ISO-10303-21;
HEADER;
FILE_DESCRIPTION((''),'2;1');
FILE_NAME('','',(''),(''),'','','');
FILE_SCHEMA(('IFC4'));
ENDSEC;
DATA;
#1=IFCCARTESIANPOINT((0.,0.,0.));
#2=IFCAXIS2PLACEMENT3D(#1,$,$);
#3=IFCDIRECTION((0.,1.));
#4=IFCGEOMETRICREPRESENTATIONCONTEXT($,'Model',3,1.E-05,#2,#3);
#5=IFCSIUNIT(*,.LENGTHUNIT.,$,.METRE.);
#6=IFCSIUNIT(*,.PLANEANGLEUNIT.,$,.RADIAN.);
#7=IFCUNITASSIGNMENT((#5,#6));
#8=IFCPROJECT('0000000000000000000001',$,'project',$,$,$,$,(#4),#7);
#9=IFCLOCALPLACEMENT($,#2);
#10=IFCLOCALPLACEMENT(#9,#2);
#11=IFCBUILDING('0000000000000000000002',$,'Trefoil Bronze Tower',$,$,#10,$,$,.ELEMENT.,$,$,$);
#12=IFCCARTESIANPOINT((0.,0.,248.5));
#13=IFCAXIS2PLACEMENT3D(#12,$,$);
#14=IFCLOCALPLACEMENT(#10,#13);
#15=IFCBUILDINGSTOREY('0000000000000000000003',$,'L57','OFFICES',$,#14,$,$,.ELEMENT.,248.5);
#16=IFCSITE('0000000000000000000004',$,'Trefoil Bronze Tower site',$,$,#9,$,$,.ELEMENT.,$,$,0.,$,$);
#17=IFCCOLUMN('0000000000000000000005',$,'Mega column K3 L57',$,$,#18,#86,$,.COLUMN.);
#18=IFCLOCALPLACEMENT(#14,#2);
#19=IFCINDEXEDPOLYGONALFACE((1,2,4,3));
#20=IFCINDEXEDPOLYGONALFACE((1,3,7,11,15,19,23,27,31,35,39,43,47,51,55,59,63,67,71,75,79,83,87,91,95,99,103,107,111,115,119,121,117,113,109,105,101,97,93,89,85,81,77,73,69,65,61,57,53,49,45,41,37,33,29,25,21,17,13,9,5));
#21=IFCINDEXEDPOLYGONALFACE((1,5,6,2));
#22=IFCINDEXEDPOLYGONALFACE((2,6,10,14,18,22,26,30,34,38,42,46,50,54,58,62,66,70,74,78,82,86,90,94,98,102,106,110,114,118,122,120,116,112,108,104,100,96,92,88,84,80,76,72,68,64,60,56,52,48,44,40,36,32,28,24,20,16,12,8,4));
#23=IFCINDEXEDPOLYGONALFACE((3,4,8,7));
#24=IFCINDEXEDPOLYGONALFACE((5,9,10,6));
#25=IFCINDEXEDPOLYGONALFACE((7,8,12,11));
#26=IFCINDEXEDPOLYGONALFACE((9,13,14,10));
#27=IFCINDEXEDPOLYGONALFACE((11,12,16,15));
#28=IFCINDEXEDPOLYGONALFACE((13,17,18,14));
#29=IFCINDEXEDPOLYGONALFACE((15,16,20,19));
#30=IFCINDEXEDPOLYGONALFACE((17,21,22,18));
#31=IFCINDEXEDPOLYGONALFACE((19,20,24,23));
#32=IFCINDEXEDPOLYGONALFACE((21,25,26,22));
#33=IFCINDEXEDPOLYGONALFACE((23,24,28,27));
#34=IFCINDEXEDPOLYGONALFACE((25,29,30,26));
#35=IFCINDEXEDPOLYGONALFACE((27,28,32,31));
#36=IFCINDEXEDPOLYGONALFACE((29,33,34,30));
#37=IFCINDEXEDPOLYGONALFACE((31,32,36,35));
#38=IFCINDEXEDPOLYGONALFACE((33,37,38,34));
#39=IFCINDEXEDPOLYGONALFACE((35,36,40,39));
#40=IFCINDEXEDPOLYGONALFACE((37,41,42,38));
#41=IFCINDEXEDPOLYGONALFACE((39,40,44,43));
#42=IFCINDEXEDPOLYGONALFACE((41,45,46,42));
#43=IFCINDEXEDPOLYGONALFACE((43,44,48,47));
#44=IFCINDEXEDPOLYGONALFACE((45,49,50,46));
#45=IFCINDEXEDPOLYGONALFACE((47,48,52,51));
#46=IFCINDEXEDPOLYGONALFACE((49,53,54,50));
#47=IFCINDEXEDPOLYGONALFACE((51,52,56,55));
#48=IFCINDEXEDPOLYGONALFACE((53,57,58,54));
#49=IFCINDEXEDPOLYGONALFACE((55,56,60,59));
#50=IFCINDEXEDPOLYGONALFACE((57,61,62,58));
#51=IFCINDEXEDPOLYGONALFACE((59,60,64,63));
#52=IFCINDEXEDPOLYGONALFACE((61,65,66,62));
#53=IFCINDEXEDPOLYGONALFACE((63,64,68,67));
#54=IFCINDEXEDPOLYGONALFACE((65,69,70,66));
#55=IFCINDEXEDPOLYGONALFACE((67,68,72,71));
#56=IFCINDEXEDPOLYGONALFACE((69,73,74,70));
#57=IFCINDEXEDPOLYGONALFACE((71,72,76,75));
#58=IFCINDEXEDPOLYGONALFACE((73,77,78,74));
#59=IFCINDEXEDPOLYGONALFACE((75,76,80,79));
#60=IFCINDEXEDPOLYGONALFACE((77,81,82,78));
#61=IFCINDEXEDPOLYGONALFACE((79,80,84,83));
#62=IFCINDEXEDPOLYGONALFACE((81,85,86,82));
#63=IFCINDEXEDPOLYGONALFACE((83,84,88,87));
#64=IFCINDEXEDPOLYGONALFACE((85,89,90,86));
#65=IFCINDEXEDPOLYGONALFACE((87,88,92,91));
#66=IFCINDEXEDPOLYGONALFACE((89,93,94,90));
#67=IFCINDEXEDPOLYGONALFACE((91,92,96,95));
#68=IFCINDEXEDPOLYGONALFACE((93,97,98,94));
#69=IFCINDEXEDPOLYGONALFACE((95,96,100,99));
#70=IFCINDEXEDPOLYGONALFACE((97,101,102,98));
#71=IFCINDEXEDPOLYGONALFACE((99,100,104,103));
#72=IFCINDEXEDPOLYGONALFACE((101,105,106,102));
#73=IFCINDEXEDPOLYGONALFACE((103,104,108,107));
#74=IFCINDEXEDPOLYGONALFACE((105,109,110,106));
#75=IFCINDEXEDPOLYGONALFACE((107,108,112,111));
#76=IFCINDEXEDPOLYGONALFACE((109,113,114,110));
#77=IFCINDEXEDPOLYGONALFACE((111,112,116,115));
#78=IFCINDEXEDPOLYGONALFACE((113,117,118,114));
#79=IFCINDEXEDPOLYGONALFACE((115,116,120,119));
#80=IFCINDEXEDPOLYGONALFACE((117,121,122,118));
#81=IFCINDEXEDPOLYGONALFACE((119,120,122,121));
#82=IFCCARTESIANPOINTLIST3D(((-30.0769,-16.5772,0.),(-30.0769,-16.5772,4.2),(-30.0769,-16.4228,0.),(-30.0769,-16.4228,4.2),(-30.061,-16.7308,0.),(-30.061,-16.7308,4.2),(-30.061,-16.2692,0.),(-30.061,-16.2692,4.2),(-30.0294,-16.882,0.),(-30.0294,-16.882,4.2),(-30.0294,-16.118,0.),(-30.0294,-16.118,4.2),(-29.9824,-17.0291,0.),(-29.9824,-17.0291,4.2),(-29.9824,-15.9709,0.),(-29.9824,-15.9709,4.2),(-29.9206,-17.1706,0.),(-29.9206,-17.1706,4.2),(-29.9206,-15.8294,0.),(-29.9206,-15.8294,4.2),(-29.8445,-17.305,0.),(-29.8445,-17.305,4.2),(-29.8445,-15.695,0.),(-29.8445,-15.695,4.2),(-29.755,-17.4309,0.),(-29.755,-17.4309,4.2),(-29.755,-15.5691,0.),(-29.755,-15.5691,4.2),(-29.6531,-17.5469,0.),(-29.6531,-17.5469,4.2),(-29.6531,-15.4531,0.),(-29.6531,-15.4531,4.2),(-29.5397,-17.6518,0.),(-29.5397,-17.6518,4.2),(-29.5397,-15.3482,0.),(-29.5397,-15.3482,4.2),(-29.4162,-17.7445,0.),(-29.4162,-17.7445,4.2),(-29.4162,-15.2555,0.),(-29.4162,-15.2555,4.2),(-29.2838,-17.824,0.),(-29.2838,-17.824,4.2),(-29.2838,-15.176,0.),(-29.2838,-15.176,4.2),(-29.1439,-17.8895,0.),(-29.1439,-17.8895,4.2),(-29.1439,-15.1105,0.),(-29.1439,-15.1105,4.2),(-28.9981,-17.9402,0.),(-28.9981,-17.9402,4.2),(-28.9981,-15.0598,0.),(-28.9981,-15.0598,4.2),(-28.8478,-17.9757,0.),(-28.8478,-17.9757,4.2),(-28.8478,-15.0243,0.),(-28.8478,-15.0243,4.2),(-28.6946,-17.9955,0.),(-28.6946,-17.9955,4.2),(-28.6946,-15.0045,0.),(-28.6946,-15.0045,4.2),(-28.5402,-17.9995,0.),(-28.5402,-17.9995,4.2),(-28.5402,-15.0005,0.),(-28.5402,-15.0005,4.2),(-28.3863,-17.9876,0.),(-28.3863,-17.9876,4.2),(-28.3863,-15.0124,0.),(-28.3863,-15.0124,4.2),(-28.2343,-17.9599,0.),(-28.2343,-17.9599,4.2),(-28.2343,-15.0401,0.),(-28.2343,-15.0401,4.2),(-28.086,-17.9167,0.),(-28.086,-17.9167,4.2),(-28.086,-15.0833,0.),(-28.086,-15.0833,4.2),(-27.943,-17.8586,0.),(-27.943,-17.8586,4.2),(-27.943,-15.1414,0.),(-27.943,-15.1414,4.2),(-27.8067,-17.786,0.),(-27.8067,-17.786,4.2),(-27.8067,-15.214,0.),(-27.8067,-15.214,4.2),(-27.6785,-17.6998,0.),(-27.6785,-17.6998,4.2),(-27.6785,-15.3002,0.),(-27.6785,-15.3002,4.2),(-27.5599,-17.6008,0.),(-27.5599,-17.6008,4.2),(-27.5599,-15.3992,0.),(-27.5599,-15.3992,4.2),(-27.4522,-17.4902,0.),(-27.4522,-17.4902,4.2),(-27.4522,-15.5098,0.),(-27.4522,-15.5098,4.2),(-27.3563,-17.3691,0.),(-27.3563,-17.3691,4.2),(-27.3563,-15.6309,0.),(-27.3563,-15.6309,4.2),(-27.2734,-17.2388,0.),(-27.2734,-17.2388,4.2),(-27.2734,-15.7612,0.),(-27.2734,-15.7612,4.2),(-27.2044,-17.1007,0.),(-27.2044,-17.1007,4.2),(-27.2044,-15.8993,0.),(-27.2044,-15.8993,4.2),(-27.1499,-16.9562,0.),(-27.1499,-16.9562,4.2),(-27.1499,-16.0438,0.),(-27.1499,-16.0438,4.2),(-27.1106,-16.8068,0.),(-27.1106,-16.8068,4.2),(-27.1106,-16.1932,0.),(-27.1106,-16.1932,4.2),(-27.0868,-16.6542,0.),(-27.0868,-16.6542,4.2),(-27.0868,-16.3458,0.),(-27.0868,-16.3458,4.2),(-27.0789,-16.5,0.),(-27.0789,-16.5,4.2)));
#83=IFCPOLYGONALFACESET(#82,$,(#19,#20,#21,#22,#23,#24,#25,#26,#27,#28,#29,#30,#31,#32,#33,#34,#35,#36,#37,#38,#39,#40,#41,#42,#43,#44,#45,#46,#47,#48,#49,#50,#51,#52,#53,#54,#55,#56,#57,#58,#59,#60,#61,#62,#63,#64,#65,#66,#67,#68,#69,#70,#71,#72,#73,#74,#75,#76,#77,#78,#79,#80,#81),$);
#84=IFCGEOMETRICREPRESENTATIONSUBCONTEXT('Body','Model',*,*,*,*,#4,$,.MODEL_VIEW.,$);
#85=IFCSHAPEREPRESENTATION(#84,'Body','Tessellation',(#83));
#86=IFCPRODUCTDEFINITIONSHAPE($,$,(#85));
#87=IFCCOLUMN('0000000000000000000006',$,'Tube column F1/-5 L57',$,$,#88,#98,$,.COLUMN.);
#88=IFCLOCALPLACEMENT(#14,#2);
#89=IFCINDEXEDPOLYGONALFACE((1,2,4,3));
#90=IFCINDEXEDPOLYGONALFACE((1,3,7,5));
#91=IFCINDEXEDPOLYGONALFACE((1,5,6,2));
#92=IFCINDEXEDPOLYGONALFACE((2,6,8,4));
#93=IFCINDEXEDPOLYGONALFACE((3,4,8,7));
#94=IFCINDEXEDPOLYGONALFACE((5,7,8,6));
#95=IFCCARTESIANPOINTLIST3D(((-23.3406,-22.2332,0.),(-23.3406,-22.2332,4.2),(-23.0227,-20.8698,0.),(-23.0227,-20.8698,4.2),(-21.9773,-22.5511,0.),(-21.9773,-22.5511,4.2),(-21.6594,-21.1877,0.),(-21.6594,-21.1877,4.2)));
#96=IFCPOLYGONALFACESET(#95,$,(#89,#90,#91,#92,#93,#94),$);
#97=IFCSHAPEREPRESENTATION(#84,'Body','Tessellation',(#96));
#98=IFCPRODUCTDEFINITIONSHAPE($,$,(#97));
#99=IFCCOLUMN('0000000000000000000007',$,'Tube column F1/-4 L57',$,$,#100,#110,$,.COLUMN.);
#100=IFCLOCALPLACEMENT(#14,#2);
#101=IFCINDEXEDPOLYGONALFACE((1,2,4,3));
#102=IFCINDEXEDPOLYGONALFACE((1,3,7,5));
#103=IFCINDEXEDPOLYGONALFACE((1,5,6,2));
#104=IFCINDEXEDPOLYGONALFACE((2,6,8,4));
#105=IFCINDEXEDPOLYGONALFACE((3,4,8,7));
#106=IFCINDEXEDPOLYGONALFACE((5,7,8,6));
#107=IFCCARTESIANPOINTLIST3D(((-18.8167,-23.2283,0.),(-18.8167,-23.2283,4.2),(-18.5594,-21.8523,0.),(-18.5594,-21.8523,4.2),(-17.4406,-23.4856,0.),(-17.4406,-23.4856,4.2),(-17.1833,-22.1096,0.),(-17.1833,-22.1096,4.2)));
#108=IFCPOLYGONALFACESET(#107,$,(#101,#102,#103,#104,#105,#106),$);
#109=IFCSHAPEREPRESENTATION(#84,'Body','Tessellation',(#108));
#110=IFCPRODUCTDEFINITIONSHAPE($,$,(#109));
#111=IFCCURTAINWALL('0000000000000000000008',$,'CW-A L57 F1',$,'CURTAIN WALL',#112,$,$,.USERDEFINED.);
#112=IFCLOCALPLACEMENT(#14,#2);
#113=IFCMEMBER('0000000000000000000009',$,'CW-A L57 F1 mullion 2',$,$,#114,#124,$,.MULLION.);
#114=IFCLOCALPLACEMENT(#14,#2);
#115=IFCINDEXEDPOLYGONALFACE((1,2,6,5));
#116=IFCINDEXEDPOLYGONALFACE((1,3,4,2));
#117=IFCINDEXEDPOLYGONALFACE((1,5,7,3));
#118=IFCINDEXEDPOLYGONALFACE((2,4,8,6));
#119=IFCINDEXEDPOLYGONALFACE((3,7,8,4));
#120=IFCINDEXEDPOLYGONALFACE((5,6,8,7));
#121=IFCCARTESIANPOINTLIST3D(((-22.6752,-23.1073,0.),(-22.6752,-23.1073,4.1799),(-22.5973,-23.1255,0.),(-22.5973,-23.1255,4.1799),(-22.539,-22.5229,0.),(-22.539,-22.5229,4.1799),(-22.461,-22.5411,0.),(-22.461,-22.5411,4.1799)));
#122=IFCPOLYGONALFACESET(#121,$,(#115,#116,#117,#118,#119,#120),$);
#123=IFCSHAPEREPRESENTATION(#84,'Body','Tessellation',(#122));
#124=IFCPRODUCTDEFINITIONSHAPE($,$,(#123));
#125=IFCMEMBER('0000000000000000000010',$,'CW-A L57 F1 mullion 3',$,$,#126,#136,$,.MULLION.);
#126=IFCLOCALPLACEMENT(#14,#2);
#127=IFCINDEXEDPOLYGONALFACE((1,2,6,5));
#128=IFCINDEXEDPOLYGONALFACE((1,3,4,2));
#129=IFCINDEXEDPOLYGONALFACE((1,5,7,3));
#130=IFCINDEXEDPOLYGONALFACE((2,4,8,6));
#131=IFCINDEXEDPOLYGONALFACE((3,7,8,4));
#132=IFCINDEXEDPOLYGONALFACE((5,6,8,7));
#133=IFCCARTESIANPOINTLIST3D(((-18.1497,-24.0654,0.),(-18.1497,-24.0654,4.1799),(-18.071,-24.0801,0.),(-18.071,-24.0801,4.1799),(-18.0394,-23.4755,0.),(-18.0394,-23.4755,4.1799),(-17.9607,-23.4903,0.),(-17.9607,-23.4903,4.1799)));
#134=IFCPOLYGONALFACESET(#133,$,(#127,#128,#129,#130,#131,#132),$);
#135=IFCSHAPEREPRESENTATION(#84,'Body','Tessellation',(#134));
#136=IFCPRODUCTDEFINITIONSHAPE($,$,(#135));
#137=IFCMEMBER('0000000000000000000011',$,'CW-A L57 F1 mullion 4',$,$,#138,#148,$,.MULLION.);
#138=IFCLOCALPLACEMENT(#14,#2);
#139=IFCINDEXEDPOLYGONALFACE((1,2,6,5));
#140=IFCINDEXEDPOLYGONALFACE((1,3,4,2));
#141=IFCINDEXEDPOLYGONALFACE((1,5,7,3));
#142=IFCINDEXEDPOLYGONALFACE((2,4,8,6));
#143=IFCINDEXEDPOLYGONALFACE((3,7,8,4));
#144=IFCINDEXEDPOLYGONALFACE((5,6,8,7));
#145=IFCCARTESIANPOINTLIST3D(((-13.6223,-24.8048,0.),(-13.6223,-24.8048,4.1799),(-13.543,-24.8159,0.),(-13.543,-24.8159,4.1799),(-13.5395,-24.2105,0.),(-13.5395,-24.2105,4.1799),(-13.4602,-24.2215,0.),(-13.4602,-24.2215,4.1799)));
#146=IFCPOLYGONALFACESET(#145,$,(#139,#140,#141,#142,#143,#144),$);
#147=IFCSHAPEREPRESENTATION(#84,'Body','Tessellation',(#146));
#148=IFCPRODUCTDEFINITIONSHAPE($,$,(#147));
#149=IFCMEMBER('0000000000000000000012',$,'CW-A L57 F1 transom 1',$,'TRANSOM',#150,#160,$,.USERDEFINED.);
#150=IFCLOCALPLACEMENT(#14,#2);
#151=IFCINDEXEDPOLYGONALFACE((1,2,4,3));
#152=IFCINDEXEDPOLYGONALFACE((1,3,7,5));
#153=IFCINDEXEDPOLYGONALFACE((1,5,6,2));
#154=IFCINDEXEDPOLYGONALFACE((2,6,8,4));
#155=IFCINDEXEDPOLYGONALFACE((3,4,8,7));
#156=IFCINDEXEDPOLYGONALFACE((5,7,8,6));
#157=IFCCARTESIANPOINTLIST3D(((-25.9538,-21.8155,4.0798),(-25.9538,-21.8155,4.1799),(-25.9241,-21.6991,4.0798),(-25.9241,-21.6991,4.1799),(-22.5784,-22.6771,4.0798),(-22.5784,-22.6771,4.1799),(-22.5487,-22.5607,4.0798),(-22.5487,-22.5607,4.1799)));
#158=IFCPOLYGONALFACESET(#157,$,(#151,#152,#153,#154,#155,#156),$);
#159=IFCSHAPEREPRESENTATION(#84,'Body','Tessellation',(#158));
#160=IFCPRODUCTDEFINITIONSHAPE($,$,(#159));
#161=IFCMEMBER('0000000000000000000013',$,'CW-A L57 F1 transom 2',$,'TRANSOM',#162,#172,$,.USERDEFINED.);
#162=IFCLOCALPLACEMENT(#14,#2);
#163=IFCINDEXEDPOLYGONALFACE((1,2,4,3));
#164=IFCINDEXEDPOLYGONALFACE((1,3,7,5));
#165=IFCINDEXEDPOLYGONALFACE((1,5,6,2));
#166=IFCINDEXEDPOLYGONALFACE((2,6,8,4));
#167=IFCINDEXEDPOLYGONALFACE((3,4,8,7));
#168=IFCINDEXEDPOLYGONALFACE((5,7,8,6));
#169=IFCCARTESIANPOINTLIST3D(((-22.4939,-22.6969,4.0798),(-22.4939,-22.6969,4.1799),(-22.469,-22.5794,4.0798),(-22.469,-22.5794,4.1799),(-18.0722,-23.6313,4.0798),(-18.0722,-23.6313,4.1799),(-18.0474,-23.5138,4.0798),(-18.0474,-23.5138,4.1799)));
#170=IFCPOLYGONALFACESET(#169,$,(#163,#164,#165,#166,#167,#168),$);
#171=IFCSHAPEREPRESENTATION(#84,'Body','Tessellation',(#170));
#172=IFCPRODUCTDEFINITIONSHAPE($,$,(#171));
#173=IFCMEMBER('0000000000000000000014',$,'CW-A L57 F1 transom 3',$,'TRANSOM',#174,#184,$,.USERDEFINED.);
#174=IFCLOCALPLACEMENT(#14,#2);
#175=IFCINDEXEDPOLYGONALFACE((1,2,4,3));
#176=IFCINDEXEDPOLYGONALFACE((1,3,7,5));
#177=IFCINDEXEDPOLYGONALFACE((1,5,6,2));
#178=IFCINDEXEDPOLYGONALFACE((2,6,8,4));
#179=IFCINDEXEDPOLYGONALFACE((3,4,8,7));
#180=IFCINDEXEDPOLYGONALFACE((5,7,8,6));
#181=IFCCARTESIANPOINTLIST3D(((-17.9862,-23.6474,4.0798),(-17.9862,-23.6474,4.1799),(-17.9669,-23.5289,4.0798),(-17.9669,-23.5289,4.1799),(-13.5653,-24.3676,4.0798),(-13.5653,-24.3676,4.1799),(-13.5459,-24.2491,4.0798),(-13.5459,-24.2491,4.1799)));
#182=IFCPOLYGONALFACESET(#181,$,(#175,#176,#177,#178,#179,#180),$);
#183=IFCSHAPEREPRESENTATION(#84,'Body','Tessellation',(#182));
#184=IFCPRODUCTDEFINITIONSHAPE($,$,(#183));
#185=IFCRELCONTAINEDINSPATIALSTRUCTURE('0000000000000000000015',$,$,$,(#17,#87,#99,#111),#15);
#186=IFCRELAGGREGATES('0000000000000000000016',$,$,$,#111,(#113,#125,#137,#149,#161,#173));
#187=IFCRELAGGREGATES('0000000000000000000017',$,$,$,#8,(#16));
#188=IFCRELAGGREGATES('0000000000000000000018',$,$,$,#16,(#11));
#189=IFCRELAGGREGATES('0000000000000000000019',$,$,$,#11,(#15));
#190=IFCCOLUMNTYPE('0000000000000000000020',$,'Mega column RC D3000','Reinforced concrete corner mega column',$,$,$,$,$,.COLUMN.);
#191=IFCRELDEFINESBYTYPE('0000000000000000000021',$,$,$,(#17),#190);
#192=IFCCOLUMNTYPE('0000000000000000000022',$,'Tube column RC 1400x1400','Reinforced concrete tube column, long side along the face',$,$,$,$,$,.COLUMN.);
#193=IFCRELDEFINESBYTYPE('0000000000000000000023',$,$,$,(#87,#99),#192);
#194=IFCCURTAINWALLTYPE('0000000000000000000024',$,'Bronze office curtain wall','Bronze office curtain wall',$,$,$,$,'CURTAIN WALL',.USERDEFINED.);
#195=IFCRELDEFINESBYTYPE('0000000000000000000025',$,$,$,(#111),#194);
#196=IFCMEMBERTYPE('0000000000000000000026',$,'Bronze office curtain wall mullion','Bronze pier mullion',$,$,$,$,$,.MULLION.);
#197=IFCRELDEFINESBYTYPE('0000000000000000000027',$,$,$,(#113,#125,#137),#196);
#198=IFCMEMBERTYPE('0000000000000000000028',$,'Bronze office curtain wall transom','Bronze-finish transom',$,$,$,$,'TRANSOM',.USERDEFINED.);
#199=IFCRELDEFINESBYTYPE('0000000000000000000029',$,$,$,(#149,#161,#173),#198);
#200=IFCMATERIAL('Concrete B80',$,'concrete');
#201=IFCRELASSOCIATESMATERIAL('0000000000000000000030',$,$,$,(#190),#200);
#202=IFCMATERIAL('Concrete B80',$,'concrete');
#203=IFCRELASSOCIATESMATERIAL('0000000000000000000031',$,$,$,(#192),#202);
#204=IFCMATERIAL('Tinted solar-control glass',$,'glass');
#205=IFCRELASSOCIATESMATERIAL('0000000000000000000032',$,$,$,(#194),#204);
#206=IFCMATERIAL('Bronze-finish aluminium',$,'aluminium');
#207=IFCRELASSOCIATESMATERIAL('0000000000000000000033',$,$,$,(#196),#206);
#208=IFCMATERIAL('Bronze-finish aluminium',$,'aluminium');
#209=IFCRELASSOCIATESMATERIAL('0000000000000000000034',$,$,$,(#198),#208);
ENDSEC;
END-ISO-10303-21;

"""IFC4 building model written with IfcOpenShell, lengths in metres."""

from ifc_helpers import new_model, si_unit, direction, frame, origin, origin_2d, place, context, subcontext, project, spatial, rectangle, circle, extrude, material, material_profile, profile_set, type_object, element, aggregate, save


model = new_model("IFC4")

# Units and contexts
model_context = context("Model", 3, precision=1e-05, world=origin(), true_north=direction((0.0, 1.0)))
body_context = subcontext(model_context, "Body", "Model", "MODEL_VIEW")
ifc_project = project(units=[si_unit("LENGTHUNIT", "METRE"), si_unit("PLANEANGLEUNIT", "RADIAN")], contexts=[model_context])

# Site, building, storey
site_placement = place(None, origin())
site = spatial("IfcSite", under=ifc_project, at=site_placement, Name="Trefoil Bronze Tower site", CompositionType="ELEMENT", RefElevation=0.0)
building_placement = place(site_placement, origin())
building = spatial("IfcBuilding", under=site, at=building_placement, Name="Trefoil Bronze Tower", CompositionType="ELEMENT")
storey_placement = place(building_placement, frame((0.0, 0.0, 248.5)))
storey = spatial("IfcBuildingStorey", under=building, at=storey_placement, Name="L57", Description="OFFICES", CompositionType="ELEMENT", Elevation=248.5)

# Columns
ifc_material_1 = material(Name="Concrete B80", Category="concrete")
ifc_material_profile_1 = material_profile(ifc_material_1, circle(Radius=1.5, at=origin_2d()), Name="RC D3000")
ifc_profile_set_1 = profile_set([ifc_material_profile_1], Name="Concrete B80")
column_type_1 = type_object("IfcColumnType", Name="Mega column RC D3000", Description="Reinforced concrete corner mega column", PredefinedType="COLUMN", material=ifc_profile_set_1)
column_placement = place(storey_placement, frame((-28.5789, -16.5, 0.0), z_axis=(0.0, 0.0, 1.0), x_axis=(1.0, 0.0, 0.0)))
element("IfcColumn", 1, at=column_placement, inside=storey, type_object=column_type_1, Name="Mega column K3 L57", PredefinedType="COLUMN", context=body_context, shape_type="SweptSolid", body=[
    extrude(circle(Radius=1.5, at=origin_2d()), origin(), (0.0, 0.0, 1.0), 4.2),
])
ifc_material_2 = material(Name="Concrete B80", Category="concrete")
ifc_material_profile_2 = material_profile(ifc_material_2, rectangle(XDim=1.3999, YDim=1.3999, at=origin_2d()), Name="RC 1400x1400")
ifc_profile_set_2 = profile_set([ifc_material_profile_2], Name="Concrete B80")
column_type_2 = type_object("IfcColumnType", Name="Tube column RC 1400x1400", Description="Reinforced concrete tube column, long side along the face", PredefinedType="COLUMN", material=ifc_profile_set_2)
for number, where, z_axis, x_axis, name in (
    (2, (-22.5, -21.7104, 0.0), (0.0, 0.0, 1.0), (0.973875, -0.227083, 0.0), "Tube column F1/-5 L57"),
    (3, (-18.0, -22.6689, 0.0), (0.0, 0.0, 1.0), (0.982959, -0.183825, 0.0), "Tube column F1/-4 L57"),
):
    element("IfcColumn", number, at=place(storey_placement, frame(where, z_axis=z_axis, x_axis=x_axis)), inside=storey, type_object=column_type_2, Name=name, PredefinedType="COLUMN", context=body_context, shape_type="SweptSolid", body=[
        extrude(rectangle(XDim=1.3999, YDim=1.3999, at=origin_2d()), origin(), (0.0, 0.0, 1.0), 4.2),
    ])

# Curtain wall, members
ifc_material_3 = material(Name="Tinted solar-control glass", Category="glass")
curtain_wall_type_1 = type_object("IfcCurtainWallType", Name="Bronze office curtain wall", Description="Bronze office curtain wall", ElementType="CURTAIN WALL", PredefinedType="USERDEFINED", material=ifc_material_3)
curtain_wall_1_placement = place(storey_placement, origin())
curtain_wall_1 = element("IfcCurtainWall", 4, at=curtain_wall_1_placement, inside=storey, type_object=curtain_wall_type_1, Name="CW-A L57 F1", ObjectType="CURTAIN WALL", PredefinedType="USERDEFINED")
ifc_material_4 = material(Name="Bronze-finish aluminium", Category="aluminium")
ifc_material_profile_3 = material_profile(ifc_material_4, rectangle(XDim=0.6001, YDim=0.0801, at=origin_2d()), Name="CW-A mullion")
ifc_profile_set_3 = profile_set([ifc_material_profile_3], Name="Bronze-finish aluminium")
member_type_1 = type_object("IfcMemberType", Name="Bronze office curtain wall mullion", Description="Bronze pier mullion", PredefinedType="MULLION", material=ifc_profile_set_3)
member_1_placement = place(storey_placement, frame((-22.5681, -22.8242, 0.0), z_axis=(0.0, 0.0, 1.0), x_axis=(0.227083, 0.973875, 0.0)))
member_1 = element("IfcMember", 5, at=member_1_placement, type_object=member_type_1, Name="CW-A L57 F1 mullion 2", PredefinedType="MULLION", context=body_context, shape_type="SweptSolid", body=[
    extrude(rectangle(XDim=0.6001, YDim=0.0801, at=origin_2d()), origin(), (0.0, 0.0, 1.0), 4.1799),
])
member_2_placement = place(storey_placement, frame((-18.0552, -23.7778, 0.0), z_axis=(0.0, 0.0, 1.0), x_axis=(0.183825, 0.982959, 0.0)))
member_2 = element("IfcMember", 6, at=member_2_placement, type_object=member_type_1, Name="CW-A L57 F1 mullion 3", PredefinedType="MULLION", context=body_context, shape_type="SweptSolid", body=[
    extrude(rectangle(XDim=0.6001, YDim=0.0801, at=origin_2d()), origin(), (0.0, 0.0, 1.0), 4.1799),
])
member_3_placement = place(storey_placement, frame((-13.5413, -24.5132, 0.0), z_axis=(0.0, 0.0, 1.0), x_axis=(0.137868, 0.990451, 0.0)))
member_3 = element("IfcMember", 7, at=member_3_placement, type_object=member_type_1, Name="CW-A L57 F1 mullion 4", PredefinedType="MULLION", context=body_context, shape_type="SweptSolid", body=[
    extrude(rectangle(XDim=0.6001, YDim=0.0801, at=origin_2d()), origin(), (0.0, 0.0, 1.0), 4.1799),
])
ifc_material_5 = material(Name="Bronze-finish aluminium", Category="aluminium")
ifc_material_profile_4 = material_profile(ifc_material_5, rectangle(XDim=0.1201, YDim=0.1001, at=origin_2d()), Name="CW-A transom")
ifc_profile_set_4 = profile_set([ifc_material_profile_4], Name="Bronze-finish aluminium")
member_type_2 = type_object("IfcMemberType", Name="Bronze office curtain wall transom", Description="Bronze-finish transom", ElementType="TRANSOM", PredefinedType="USERDEFINED", material=ifc_profile_set_4)
member_4_placement = place(storey_placement, frame((-25.939, -21.7573, 4.1299), z_axis=(0.968935, -0.247315, 0.0), x_axis=(0.247315, 0.968935, 0.0)))
member_4 = element("IfcMember", 8, at=member_4_placement, type_object=member_type_2, Name="CW-A L57 F1 transom 1", ObjectType="TRANSOM", PredefinedType="USERDEFINED", context=body_context, shape_type="SweptSolid", body=[
    extrude(rectangle(XDim=0.1201, YDim=0.1001, at=origin_2d()), origin(), (0.0, 0.0, 1.0), 3.4836),
])
member_5_placement = place(storey_placement, frame((-22.4814, -22.6382, 4.1299), z_axis=(0.978395, -0.206743, 0.0), x_axis=(0.206743, 0.978395, 0.0)))
member_5 = element("IfcMember", 9, at=member_5_placement, type_object=member_type_2, Name="CW-A L57 F1 transom 2", ObjectType="TRANSOM", PredefinedType="USERDEFINED", context=body_context, shape_type="SweptSolid", body=[
    extrude(rectangle(XDim=0.1201, YDim=0.1001, at=origin_2d()), origin(), (0.0, 0.0, 1.0), 4.5193),
])
member_6_placement = place(storey_placement, frame((-17.9766, -23.5881, 4.1299), z_axis=(0.986988, -0.160792, 0.0), x_axis=(0.160792, 0.986988, 0.0)))
member_6 = element("IfcMember", 10, at=member_6_placement, type_object=member_type_2, Name="CW-A L57 F1 transom 3", ObjectType="TRANSOM", PredefinedType="USERDEFINED", context=body_context, shape_type="SweptSolid", body=[
    extrude(rectangle(XDim=0.1201, YDim=0.1001, at=origin_2d()), origin(), (0.0, 0.0, 1.0), 4.4792),
])

aggregate(curtain_wall_1, [member_1, member_2, member_3, member_4, member_5, member_6])

save(model, "model.ifc")
